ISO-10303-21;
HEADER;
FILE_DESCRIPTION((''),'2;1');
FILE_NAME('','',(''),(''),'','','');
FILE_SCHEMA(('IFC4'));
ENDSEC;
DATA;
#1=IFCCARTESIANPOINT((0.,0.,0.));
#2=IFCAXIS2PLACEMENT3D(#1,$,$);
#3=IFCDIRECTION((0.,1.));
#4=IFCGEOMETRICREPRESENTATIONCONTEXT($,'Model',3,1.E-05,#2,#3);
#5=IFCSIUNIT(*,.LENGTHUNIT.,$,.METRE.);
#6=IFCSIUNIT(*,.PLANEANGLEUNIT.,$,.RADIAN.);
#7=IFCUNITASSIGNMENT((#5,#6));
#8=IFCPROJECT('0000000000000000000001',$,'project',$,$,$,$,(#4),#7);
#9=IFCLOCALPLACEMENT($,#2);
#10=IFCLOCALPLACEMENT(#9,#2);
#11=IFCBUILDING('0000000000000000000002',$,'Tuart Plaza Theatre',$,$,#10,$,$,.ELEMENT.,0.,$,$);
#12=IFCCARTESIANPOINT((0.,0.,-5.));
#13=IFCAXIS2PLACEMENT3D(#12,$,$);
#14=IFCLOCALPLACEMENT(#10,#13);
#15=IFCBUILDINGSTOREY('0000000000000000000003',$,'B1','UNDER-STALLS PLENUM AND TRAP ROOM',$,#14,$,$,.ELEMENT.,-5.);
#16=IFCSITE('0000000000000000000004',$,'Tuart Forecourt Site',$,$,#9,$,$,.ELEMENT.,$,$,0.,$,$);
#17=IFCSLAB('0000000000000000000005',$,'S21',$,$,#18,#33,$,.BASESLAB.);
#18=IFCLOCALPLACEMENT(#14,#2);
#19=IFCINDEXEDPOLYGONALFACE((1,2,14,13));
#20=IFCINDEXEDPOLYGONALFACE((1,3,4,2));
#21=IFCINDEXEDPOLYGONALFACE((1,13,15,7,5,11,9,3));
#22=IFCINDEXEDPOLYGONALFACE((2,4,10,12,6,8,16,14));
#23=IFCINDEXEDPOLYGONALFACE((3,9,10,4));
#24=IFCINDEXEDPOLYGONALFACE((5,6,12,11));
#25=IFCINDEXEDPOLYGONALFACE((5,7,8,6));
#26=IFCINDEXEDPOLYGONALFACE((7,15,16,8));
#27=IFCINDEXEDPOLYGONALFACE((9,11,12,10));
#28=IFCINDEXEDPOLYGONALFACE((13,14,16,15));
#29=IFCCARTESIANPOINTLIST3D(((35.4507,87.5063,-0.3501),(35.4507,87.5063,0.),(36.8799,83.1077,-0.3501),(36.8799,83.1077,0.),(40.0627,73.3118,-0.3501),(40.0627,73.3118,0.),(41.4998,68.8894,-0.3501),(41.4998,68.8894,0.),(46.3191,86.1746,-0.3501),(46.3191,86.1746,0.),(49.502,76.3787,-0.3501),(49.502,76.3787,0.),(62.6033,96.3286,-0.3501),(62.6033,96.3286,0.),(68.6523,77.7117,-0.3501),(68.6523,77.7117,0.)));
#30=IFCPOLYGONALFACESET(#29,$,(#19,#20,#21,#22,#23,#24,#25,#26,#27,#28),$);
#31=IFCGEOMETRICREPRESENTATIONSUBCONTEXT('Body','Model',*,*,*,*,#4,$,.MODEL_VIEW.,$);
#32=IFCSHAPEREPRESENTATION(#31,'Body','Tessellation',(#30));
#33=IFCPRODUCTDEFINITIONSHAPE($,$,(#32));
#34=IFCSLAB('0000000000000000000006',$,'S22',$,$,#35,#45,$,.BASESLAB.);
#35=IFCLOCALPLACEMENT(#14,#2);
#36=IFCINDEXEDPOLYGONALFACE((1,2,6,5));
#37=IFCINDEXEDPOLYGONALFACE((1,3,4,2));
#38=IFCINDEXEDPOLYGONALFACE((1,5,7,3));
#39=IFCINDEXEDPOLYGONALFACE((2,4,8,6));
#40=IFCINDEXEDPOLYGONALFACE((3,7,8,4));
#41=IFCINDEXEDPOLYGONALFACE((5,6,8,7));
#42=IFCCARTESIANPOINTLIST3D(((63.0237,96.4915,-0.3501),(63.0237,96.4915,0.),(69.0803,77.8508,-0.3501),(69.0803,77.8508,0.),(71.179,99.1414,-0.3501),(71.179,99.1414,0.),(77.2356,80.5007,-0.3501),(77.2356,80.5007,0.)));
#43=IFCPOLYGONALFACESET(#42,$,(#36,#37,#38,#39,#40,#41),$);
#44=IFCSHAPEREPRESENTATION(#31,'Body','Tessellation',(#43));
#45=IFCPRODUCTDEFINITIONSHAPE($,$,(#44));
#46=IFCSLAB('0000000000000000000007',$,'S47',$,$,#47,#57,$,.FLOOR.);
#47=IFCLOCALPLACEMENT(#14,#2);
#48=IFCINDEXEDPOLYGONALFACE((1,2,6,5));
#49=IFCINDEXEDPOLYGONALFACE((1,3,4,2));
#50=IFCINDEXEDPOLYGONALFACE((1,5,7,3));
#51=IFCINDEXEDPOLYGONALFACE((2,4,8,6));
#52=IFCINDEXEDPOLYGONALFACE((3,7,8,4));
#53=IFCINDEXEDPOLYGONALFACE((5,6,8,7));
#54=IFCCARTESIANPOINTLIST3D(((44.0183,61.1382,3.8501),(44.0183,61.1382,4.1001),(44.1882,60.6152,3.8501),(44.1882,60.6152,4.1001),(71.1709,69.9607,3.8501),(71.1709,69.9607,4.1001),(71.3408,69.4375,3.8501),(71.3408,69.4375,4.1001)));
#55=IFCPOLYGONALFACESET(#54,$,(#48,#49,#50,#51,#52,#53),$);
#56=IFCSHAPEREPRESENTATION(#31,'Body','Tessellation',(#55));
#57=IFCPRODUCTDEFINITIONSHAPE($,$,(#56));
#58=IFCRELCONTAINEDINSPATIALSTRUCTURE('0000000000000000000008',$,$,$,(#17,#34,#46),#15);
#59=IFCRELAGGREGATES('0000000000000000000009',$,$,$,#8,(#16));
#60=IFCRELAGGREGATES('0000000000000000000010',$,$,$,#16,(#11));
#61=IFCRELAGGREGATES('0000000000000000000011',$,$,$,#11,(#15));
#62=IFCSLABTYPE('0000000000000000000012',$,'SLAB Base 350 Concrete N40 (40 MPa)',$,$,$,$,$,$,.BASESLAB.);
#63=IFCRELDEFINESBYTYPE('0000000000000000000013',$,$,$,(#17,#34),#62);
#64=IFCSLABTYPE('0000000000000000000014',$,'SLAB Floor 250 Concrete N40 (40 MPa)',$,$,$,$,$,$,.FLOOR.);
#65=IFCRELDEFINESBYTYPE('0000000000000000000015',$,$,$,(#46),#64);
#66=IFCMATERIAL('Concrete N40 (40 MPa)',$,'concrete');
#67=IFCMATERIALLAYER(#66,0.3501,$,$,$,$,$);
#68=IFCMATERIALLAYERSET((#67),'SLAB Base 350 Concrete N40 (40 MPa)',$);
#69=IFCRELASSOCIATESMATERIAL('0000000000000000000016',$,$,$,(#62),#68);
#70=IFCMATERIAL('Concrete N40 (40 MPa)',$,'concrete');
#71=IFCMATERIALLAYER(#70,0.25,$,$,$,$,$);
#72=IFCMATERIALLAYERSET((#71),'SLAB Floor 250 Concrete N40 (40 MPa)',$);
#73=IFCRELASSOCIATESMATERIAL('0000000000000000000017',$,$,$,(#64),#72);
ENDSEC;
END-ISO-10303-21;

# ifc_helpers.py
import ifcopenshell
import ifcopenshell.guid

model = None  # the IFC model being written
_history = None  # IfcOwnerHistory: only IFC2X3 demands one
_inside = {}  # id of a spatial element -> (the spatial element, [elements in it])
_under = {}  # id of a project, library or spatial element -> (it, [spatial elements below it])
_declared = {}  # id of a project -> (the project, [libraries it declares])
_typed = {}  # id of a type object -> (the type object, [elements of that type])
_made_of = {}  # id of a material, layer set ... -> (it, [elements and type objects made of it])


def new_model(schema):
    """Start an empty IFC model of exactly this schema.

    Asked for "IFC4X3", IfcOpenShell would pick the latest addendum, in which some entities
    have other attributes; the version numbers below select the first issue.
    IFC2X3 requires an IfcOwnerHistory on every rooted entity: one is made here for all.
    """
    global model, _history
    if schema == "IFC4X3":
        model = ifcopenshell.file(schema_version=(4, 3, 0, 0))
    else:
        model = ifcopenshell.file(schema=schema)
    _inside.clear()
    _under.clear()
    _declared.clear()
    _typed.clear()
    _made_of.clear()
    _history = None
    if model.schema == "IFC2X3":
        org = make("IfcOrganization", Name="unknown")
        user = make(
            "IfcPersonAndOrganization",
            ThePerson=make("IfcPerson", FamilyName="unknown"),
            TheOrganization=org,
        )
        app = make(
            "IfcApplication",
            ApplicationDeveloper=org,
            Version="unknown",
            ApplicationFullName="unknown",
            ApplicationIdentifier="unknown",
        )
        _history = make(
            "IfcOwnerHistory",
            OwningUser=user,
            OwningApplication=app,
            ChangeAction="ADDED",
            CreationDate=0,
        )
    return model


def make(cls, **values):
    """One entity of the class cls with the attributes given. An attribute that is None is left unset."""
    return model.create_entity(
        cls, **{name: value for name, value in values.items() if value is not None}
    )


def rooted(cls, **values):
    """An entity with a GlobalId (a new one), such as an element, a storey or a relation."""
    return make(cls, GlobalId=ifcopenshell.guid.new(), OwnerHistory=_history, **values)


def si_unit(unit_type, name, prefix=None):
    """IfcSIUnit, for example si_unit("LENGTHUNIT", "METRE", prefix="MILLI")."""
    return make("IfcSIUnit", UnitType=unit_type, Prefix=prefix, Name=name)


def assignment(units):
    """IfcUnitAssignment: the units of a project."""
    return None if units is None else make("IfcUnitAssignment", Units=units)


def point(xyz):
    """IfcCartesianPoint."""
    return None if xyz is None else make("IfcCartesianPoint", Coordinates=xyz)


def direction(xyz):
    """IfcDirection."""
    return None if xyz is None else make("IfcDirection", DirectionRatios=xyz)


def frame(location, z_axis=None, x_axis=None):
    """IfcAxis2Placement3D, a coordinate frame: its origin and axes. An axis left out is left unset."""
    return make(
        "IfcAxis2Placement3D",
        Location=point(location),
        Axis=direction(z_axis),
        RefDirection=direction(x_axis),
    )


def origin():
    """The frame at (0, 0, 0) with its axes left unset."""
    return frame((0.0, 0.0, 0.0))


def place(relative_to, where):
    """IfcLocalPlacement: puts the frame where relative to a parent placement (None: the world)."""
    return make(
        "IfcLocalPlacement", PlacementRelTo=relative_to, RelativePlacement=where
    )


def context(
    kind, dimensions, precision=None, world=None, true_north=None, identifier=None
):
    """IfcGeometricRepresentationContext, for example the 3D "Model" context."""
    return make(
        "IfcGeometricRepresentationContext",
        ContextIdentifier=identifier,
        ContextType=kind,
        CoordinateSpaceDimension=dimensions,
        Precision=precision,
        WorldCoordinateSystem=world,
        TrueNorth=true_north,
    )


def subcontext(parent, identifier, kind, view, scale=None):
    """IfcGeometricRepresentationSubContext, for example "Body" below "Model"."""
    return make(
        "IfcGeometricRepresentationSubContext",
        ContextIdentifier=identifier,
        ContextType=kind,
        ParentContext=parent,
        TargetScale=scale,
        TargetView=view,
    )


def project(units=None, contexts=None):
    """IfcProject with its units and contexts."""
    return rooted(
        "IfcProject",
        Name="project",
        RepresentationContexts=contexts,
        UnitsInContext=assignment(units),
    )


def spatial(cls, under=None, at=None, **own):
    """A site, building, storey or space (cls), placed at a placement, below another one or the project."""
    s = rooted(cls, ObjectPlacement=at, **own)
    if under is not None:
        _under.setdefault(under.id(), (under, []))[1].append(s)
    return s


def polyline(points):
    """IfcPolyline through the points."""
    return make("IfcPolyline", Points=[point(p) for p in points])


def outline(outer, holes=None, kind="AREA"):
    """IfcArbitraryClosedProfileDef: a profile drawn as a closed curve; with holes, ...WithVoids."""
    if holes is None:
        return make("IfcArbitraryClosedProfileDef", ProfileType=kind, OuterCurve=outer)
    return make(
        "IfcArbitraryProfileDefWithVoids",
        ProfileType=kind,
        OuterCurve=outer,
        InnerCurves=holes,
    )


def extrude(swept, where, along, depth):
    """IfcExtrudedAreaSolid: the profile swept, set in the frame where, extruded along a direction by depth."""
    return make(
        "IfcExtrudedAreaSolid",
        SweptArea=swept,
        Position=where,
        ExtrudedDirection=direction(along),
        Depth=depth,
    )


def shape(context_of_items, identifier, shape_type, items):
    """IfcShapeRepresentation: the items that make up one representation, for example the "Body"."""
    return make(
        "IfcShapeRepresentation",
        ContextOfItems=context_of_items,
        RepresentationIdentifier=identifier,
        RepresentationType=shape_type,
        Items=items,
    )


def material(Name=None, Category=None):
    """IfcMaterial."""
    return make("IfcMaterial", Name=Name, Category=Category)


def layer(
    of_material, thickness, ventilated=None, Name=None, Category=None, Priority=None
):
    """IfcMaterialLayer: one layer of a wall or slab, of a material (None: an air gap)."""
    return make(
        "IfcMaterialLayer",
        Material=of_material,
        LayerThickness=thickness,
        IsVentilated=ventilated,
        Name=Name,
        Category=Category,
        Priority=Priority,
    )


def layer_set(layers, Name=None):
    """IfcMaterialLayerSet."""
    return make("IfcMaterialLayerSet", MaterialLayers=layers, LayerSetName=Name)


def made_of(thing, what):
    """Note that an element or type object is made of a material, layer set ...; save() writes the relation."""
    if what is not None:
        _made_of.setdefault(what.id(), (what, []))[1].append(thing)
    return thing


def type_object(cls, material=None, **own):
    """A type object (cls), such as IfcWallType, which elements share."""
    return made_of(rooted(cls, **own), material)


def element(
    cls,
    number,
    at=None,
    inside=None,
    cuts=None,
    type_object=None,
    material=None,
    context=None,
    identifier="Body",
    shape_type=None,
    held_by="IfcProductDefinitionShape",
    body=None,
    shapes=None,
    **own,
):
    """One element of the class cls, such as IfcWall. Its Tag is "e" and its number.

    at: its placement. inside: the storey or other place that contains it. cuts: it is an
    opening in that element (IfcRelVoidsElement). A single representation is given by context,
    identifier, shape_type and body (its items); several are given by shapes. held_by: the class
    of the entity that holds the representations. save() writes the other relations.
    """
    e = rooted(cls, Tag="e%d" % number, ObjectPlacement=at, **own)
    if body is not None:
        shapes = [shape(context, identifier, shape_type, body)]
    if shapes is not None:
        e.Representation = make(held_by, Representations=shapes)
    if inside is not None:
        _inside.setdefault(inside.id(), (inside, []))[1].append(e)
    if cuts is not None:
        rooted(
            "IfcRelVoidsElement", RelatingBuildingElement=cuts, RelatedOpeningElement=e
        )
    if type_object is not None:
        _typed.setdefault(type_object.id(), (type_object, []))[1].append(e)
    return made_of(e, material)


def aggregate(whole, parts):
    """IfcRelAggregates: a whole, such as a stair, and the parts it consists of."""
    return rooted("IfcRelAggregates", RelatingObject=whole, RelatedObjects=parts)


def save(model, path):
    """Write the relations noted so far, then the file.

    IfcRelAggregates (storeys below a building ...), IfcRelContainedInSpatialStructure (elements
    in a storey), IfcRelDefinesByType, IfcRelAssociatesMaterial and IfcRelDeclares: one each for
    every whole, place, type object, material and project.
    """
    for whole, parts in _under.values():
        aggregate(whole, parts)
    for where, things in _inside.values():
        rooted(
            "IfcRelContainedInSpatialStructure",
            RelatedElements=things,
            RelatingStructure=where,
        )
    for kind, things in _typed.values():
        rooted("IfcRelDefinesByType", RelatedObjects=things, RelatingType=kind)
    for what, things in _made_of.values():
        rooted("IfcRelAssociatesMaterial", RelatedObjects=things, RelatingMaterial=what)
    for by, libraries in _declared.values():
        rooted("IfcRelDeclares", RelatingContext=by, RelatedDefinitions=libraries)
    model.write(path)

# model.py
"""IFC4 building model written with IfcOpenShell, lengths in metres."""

from ifc_helpers import new_model, si_unit, direction, frame, origin, place, context, subcontext, project, spatial, polyline, outline, extrude, material, layer, layer_set, type_object, element, save


model = new_model("IFC4")

# Units and contexts
model_context = context("Model", 3, precision=1e-05, world=origin(), true_north=direction((0.0, 1.0)))
body_context = subcontext(model_context, "Body", "Model", "MODEL_VIEW")
ifc_project = project(units=[si_unit("LENGTHUNIT", "METRE"), si_unit("PLANEANGLEUNIT", "RADIAN")], contexts=[model_context])

# Site, building, storey
site_placement = place(None, origin())
site = spatial("IfcSite", under=ifc_project, at=site_placement, Name="Tuart Forecourt Site", CompositionType="ELEMENT", RefElevation=0.0)
building_placement = place(site_placement, origin())
building = spatial("IfcBuilding", under=site, at=building_placement, Name="Tuart Plaza Theatre", CompositionType="ELEMENT", ElevationOfRefHeight=0.0)
storey_placement = place(building_placement, frame((0.0, 0.0, -5.0)))
storey = spatial("IfcBuildingStorey", under=building, at=storey_placement, Name="B1", Description="UNDER-STALLS PLENUM AND TRAP ROOM", CompositionType="ELEMENT", Elevation=-5.0)

# Slabs
ifc_material_1 = material(Name="Concrete N40 (40 MPa)", Category="concrete")
ifc_layer_1 = layer(ifc_material_1, 0.3501)
ifc_layer_set_1 = layer_set([ifc_layer_1], Name="SLAB Base 350 Concrete N40 (40 MPa)")
slab_type_1 = type_object("IfcSlabType", Name="SLAB Base 350 Concrete N40 (40 MPa)", PredefinedType="BASESLAB", material=ifc_layer_set_1)
slab_1_placement = place(storey_placement, frame((0.0, 0.0, -0.3501)))
element("IfcSlab", 1, at=slab_1_placement, inside=storey, type_object=slab_type_1, Name="S21", PredefinedType="BASESLAB", context=body_context, shape_type="SweptSolid", body=[
    extrude(outline(polyline([(46.3191, 86.1746), (49.502, 76.3787), (40.0627, 73.3118), (41.4998, 68.8894), (68.6523, 77.7117), (62.6033, 96.3286), (35.4507, 87.5063), (36.8799, 83.1077), (46.3191, 86.1746)])), origin(), (0.0, 0.0, 1.0), 0.3501),
])
slab_2_placement = place(storey_placement, frame((0.0, 0.0, -0.3501)))
element("IfcSlab", 2, at=slab_2_placement, inside=storey, type_object=slab_type_1, Name="S22", PredefinedType="BASESLAB", context=body_context, shape_type="SweptSolid", body=[
    extrude(outline(polyline([(77.2356, 80.5007), (71.179, 99.1414), (63.0237, 96.4915), (69.0803, 77.8508), (77.2356, 80.5007)])), origin(), (0.0, 0.0, 1.0), 0.3501),
])
ifc_material_2 = material(Name="Concrete N40 (40 MPa)", Category="concrete")
ifc_layer_2 = layer(ifc_material_2, 0.25)
ifc_layer_set_2 = layer_set([ifc_layer_2], Name="SLAB Floor 250 Concrete N40 (40 MPa)")
slab_type_2 = type_object("IfcSlabType", Name="SLAB Floor 250 Concrete N40 (40 MPa)", PredefinedType="FLOOR", material=ifc_layer_set_2)
slab_3_placement = place(storey_placement, frame((0.0, 0.0, 3.8501)))
element("IfcSlab", 3, at=slab_3_placement, inside=storey, type_object=slab_type_2, Name="S47", PredefinedType="FLOOR", context=body_context, shape_type="SweptSolid", body=[
    extrude(outline(polyline([(71.3408, 69.4375), (71.1709, 69.9607), (44.0183, 61.1382), (44.1882, 60.6152), (71.3408, 69.4375)])), origin(), (0.0, 0.0, 1.0), 0.25),
])

save(model, "model.ifc")
